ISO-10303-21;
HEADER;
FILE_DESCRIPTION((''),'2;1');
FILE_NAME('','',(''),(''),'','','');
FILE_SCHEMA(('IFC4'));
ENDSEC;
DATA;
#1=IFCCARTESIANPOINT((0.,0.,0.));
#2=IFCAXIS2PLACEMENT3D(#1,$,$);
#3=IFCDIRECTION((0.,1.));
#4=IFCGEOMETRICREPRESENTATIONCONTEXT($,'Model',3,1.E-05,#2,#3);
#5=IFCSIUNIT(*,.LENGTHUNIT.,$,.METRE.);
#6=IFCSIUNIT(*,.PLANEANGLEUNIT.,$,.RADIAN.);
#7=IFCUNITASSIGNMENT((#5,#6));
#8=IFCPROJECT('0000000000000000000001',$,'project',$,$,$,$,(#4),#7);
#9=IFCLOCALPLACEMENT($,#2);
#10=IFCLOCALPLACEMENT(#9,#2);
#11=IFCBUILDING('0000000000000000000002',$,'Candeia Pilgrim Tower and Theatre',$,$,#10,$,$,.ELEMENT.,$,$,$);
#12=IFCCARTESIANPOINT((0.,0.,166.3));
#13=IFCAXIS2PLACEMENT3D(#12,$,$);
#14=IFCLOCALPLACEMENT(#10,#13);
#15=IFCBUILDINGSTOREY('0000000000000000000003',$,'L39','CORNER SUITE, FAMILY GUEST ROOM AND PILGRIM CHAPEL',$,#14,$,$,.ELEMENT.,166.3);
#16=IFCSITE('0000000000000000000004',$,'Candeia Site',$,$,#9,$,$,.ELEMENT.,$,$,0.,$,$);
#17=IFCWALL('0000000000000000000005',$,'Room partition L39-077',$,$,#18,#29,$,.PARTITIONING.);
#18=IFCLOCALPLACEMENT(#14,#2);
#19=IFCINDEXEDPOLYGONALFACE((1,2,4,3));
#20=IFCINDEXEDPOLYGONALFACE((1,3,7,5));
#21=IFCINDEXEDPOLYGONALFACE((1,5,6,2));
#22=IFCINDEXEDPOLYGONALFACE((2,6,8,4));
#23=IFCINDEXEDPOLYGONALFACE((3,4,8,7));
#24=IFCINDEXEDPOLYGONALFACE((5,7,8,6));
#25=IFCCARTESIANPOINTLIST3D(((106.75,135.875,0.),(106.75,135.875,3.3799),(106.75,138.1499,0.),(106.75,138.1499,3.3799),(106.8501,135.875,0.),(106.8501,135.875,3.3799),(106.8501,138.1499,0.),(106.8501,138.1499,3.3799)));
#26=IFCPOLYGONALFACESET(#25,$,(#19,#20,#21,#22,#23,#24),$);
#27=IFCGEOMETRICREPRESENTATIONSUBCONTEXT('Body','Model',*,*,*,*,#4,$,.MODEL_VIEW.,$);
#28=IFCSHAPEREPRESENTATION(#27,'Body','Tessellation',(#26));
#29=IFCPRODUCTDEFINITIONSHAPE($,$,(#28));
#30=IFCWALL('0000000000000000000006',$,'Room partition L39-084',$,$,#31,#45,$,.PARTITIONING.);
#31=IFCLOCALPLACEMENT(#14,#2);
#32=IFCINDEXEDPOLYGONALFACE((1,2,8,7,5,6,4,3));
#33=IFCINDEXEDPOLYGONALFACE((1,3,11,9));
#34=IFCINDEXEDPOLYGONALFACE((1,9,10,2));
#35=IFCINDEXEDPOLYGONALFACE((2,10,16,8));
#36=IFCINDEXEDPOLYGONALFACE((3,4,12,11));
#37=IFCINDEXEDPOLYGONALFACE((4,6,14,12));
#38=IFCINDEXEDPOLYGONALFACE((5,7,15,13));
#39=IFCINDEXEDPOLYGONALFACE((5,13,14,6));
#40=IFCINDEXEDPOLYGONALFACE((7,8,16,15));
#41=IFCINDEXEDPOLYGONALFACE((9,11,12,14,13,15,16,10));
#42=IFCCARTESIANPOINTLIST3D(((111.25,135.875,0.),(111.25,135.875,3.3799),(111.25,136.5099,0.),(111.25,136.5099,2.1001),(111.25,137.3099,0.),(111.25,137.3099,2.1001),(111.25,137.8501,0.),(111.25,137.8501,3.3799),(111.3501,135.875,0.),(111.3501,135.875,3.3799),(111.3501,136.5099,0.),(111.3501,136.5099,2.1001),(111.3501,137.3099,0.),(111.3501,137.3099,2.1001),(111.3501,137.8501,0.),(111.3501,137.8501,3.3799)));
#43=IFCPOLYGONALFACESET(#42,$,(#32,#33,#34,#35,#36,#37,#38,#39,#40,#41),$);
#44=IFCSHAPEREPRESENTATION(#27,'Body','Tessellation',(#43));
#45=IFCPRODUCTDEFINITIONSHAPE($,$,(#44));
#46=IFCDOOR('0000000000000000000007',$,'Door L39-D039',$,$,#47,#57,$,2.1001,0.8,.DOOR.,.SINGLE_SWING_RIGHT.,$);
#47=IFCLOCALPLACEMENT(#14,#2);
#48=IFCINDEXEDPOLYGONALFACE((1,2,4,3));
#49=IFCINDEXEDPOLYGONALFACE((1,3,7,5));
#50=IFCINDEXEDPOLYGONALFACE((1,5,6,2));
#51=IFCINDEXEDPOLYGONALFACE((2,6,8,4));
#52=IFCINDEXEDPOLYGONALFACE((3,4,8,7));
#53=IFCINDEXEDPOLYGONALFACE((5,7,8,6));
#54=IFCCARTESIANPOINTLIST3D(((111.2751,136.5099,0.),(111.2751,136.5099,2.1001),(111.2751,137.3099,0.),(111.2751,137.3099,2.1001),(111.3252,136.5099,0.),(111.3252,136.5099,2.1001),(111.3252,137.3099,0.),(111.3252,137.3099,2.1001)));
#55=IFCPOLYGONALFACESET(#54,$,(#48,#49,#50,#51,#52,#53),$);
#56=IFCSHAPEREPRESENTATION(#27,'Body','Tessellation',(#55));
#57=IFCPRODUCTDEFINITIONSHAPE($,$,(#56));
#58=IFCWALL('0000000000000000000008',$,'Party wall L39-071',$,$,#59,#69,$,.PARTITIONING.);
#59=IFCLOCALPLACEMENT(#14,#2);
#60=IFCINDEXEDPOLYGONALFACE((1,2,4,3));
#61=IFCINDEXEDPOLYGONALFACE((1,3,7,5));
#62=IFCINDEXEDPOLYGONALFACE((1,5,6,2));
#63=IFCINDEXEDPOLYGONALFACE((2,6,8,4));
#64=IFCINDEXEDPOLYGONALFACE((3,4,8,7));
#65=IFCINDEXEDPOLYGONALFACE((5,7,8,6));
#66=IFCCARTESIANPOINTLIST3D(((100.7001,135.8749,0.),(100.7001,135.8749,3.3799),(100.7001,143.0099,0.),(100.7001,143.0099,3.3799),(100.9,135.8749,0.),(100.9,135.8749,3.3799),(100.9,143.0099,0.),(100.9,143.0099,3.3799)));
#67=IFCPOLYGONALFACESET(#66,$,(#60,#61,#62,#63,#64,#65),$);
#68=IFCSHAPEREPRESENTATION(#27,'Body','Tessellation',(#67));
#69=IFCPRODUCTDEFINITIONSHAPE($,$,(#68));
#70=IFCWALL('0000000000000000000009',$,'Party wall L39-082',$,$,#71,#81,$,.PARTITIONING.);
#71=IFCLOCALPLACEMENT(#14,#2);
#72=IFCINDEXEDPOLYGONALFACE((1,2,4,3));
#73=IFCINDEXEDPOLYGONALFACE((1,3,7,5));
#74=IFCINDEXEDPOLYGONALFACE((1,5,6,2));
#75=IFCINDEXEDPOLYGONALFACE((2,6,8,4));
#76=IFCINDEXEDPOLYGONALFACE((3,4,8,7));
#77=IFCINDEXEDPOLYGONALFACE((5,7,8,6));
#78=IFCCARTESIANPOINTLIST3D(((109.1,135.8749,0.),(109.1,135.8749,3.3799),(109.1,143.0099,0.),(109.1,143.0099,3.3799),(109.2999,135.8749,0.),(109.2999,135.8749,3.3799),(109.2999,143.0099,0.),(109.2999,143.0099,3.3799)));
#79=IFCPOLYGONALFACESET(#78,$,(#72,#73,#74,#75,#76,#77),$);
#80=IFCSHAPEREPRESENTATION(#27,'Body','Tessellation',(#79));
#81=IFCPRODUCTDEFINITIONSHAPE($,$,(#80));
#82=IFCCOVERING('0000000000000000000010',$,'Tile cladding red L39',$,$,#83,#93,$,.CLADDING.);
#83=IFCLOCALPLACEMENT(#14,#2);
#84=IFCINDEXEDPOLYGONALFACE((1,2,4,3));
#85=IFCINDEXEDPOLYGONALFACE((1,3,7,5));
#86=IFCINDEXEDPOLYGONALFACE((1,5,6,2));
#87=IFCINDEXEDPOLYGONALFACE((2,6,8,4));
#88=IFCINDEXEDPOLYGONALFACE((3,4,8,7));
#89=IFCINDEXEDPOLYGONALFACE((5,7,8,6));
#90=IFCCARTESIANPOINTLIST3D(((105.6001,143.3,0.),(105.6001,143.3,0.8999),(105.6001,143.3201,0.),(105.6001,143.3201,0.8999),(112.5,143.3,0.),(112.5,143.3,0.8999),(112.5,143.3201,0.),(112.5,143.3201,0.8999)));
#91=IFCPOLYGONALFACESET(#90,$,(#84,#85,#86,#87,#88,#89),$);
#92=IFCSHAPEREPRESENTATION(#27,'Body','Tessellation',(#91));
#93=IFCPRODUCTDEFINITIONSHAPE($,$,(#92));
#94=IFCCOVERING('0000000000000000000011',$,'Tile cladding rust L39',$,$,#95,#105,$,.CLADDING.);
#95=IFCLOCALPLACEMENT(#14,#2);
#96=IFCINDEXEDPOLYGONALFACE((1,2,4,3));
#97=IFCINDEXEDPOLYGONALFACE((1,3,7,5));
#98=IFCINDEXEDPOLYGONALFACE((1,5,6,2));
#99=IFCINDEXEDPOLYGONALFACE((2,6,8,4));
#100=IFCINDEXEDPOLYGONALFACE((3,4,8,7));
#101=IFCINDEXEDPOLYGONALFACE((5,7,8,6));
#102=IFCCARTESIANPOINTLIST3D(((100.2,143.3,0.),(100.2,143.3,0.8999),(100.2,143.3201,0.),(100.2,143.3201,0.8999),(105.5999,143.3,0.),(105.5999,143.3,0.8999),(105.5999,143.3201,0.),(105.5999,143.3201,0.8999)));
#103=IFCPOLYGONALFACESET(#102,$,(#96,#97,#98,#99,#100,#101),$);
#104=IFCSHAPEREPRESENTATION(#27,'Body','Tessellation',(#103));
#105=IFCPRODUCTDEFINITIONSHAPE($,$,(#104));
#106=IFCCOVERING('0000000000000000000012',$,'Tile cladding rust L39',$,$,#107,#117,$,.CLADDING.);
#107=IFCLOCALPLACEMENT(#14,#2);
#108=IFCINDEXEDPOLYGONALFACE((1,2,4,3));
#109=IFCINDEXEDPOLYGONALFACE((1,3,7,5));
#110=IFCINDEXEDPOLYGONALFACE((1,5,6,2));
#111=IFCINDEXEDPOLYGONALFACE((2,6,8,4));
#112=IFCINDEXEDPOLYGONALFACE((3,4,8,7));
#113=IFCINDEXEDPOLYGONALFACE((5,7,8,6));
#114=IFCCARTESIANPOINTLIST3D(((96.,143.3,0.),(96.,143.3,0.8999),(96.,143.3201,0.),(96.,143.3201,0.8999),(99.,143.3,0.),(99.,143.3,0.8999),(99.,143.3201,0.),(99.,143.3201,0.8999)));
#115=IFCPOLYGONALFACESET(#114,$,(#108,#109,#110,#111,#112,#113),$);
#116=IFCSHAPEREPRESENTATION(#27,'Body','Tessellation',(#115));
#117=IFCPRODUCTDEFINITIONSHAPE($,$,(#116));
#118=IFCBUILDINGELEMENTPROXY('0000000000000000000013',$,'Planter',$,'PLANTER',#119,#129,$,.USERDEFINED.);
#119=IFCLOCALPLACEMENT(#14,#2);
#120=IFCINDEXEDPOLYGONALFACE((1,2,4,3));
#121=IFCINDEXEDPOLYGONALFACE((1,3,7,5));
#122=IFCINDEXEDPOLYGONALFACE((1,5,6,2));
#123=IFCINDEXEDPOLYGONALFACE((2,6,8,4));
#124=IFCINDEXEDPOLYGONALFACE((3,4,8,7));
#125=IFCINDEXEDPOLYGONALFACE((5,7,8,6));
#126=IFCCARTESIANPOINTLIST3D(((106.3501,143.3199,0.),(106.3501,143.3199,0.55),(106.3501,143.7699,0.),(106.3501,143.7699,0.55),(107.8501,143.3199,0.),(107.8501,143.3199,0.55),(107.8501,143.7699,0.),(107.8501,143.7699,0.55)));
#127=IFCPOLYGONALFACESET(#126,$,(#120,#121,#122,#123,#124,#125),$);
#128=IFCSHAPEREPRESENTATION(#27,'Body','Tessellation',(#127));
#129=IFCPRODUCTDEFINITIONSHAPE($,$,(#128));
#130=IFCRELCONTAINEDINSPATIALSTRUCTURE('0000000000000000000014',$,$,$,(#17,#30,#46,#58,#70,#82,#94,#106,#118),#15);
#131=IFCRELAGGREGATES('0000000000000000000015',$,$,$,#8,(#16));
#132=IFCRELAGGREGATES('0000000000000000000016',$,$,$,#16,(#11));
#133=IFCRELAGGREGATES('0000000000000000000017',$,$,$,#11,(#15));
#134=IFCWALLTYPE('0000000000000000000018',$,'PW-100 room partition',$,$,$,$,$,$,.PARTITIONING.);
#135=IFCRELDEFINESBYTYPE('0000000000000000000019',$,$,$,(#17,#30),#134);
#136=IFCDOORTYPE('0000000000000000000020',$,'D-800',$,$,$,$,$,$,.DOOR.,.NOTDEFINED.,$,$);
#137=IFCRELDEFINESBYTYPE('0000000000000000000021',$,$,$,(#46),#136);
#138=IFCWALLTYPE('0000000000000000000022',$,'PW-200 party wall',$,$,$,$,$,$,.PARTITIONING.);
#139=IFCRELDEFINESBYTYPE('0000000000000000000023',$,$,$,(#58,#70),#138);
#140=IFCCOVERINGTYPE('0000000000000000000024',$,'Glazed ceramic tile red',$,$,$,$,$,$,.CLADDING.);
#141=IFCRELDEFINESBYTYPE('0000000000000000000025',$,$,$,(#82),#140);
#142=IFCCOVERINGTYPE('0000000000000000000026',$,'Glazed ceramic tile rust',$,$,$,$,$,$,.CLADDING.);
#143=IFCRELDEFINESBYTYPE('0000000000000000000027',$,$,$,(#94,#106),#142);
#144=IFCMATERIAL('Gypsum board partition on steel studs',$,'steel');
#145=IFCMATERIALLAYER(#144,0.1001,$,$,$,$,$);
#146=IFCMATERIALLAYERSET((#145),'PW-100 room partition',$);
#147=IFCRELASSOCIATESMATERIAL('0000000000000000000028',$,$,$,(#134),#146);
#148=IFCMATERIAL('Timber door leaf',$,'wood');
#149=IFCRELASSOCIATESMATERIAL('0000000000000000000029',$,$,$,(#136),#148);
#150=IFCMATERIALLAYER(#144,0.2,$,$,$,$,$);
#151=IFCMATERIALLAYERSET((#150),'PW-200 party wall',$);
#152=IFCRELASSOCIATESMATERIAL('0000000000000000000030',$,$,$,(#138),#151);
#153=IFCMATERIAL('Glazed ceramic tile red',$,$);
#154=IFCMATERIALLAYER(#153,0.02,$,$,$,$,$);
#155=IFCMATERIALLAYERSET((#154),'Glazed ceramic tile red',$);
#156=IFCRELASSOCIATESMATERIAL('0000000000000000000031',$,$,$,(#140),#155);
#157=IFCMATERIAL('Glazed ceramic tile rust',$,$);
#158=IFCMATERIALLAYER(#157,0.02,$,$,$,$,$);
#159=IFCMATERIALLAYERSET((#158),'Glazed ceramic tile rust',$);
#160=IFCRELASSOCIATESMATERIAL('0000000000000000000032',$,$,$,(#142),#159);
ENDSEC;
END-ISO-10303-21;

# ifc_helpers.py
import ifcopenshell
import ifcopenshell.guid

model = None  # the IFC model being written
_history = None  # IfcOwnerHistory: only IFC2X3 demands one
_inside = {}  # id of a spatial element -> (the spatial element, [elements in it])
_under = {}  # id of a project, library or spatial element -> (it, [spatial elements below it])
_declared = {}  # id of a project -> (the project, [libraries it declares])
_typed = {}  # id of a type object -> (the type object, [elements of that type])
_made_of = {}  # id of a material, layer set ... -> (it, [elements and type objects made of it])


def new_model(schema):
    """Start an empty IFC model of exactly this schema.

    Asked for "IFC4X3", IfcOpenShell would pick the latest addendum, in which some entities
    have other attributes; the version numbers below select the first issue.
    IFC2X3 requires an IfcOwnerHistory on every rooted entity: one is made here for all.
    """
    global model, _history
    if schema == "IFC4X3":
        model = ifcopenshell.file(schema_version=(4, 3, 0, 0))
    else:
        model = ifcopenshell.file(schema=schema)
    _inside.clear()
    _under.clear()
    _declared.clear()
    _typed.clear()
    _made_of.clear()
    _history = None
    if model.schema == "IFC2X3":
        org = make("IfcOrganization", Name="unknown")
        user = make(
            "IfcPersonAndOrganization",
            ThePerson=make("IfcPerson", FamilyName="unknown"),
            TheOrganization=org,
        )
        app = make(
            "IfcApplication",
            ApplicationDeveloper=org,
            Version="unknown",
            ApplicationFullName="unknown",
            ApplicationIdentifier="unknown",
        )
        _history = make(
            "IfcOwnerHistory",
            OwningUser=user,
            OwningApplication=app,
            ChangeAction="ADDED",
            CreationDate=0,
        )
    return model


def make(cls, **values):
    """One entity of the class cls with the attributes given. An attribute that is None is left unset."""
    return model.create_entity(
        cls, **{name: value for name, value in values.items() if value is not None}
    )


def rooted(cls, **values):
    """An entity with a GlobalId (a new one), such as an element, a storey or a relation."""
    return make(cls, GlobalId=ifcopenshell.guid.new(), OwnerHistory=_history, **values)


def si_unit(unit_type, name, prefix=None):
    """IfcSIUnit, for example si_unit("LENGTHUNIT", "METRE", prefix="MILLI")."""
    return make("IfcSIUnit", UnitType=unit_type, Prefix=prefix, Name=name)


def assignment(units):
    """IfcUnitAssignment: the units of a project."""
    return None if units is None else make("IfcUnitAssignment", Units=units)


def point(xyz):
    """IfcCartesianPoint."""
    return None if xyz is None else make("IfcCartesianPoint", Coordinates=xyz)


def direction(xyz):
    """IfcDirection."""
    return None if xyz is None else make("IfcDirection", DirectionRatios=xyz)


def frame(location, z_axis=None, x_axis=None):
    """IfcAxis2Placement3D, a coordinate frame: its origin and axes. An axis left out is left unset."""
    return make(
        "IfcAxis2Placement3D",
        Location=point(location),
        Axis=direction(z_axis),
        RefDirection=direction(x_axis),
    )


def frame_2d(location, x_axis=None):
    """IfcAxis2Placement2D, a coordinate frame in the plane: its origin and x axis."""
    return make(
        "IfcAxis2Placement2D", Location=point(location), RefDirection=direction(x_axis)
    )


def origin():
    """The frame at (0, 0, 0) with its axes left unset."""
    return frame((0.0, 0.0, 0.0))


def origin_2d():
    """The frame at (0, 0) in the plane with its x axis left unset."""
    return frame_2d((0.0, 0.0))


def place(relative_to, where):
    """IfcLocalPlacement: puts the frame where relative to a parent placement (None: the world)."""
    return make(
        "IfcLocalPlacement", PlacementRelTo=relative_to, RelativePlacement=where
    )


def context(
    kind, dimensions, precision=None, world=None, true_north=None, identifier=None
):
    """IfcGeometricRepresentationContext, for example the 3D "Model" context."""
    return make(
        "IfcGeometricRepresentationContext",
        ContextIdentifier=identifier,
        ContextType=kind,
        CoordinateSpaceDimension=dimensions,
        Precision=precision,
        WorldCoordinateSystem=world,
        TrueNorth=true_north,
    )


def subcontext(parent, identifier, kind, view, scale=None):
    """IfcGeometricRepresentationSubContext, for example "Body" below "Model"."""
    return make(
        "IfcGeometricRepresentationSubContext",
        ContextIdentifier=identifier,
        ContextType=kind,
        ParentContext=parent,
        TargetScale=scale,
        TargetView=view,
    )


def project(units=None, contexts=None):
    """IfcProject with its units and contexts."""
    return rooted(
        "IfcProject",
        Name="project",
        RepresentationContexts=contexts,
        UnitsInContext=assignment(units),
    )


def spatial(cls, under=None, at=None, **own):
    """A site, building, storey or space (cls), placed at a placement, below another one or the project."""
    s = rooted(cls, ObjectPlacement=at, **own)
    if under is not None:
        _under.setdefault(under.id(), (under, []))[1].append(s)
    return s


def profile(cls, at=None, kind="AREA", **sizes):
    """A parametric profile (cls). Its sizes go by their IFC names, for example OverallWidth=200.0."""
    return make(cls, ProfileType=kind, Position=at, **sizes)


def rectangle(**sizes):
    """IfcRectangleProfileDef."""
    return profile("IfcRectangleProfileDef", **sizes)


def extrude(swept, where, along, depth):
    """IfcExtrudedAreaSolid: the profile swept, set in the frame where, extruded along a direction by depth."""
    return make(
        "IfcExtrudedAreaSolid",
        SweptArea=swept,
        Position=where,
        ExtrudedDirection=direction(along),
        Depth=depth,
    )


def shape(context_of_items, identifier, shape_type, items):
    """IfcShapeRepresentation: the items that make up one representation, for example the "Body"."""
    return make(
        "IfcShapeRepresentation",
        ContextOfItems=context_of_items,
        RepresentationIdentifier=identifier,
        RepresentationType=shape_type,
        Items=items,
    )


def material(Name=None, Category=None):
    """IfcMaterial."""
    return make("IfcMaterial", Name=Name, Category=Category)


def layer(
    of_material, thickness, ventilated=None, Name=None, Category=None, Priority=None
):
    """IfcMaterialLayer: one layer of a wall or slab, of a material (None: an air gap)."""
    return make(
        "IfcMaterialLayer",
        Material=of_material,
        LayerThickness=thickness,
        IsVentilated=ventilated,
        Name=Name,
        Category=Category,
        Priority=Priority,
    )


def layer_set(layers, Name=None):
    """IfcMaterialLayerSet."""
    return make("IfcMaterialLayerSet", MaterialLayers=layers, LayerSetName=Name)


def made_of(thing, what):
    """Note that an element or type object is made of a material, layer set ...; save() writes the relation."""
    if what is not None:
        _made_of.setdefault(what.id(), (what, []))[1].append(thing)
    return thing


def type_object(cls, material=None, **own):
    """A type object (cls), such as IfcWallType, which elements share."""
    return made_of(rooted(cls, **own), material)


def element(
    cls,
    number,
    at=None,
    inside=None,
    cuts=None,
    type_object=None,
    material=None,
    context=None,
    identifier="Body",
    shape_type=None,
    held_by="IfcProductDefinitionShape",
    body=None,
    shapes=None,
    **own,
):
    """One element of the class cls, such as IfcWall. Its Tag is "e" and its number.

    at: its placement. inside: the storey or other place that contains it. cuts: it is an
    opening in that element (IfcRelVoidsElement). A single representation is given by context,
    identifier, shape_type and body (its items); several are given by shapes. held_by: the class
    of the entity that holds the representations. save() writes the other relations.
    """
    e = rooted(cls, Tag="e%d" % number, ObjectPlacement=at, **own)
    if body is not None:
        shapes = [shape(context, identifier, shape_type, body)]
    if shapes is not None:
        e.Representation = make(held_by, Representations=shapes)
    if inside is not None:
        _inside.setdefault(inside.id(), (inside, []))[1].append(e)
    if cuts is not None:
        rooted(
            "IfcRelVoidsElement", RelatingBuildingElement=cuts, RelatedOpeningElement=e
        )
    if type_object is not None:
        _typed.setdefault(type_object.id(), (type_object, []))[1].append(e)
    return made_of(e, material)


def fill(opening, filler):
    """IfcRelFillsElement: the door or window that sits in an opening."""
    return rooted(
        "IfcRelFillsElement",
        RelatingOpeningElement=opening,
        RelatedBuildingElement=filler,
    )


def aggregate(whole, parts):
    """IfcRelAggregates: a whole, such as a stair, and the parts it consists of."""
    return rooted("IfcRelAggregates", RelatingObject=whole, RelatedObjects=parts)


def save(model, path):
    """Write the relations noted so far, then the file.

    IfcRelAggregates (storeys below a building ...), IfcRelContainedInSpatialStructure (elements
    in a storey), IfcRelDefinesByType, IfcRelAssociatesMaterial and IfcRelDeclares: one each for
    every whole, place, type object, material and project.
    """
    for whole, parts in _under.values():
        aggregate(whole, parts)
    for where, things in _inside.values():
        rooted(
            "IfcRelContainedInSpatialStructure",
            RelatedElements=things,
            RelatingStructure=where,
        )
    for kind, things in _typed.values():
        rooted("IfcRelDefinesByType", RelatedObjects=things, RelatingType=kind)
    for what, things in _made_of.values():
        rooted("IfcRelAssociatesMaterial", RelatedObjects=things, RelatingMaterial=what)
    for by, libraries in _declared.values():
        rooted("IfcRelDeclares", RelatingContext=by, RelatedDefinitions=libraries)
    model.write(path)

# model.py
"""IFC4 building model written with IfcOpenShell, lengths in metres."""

from ifc_helpers import new_model, si_unit, direction, frame, frame_2d, origin, origin_2d, place, context, subcontext, project, spatial, rectangle, extrude, material, layer, layer_set, type_object, element, fill, save


model = new_model("IFC4")

# Units and contexts
model_context = context("Model", 3, precision=1e-05, world=origin(), true_north=direction((0.0, 1.0)))
body_context = subcontext(model_context, "Body", "Model", "MODEL_VIEW")
ifc_project = project(units=[si_unit("LENGTHUNIT", "METRE"), si_unit("PLANEANGLEUNIT", "RADIAN")], contexts=[model_context])

# Site, building, storey
site_placement = place(None, origin())
site = spatial("IfcSite", under=ifc_project, at=site_placement, Name="Candeia Site", CompositionType="ELEMENT", RefElevation=0.0)
building_placement = place(site_placement, origin())
building = spatial("IfcBuilding", under=site, at=building_placement, Name="Candeia Pilgrim Tower and Theatre", CompositionType="ELEMENT")
storey_placement = place(building_placement, frame((0.0, 0.0, 166.3)))
storey = spatial("IfcBuildingStorey", under=building, at=storey_placement, Name="L39", Description="CORNER SUITE, FAMILY GUEST ROOM AND PILGRIM CHAPEL", CompositionType="ELEMENT", Elevation=166.3)

# Shared definitions
ifc_material_1 = material(Name="Gypsum board partition on steel studs", Category="steel")
ifc_layer_1 = layer(ifc_material_1, 0.1001)
ifc_layer_set_1 = layer_set([ifc_layer_1], Name="PW-100 room partition")
wall_type_1 = type_object("IfcWallType", Name="PW-100 room partition", PredefinedType="PARTITIONING", material=ifc_layer_set_1)

# Shared definitions
ifc_material_2 = material(Name="Timber door leaf", Category="wood")
door_type_1 = type_object("IfcDoorType", Name="D-800", OperationType="NOTDEFINED", PredefinedType="DOOR", material=ifc_material_2)

# Wall
wall_1_placement = place(storey_placement, frame((106.8, 135.875, 0.0), z_axis=(0.0, 0.0, 1.0), x_axis=(0.0, 1.0, 0.0)))
element("IfcWall", 1, at=wall_1_placement, inside=storey, type_object=wall_type_1, Name="Room partition L39-077", PredefinedType="PARTITIONING", context=body_context, shape_type="SweptSolid", body=[
    extrude(rectangle(XDim=2.2749, YDim=0.1001, at=frame_2d((1.1375, 0.0))), origin(), (0.0, 0.0, 1.0), 3.3799),
])

# Wall, opening, door
wall_2_placement = place(storey_placement, frame((111.3, 135.875, 0.0), z_axis=(0.0, 0.0, 1.0), x_axis=(0.0, 1.0, 0.0)))
wall_2 = element("IfcWall", 2, at=wall_2_placement, inside=storey, type_object=wall_type_1, Name="Room partition L39-084", PredefinedType="PARTITIONING", context=body_context, shape_type="SweptSolid", body=[
    extrude(rectangle(XDim=1.9751, YDim=0.1001, at=frame_2d((0.9875, 0.0))), origin(), (0.0, 0.0, 1.0), 3.3799),
])
opening_1_placement = place(wall_2_placement, frame((0.635, 0.0, 0.0)))
opening_1 = element("IfcOpeningElement", 3, at=opening_1_placement, cuts=wall_2, PredefinedType="OPENING", context=body_context, shape_type="SweptSolid", body=[
    extrude(rectangle(XDim=0.8, YDim=2.1001, at=frame_2d((0.3999, 1.05))), frame((0.0, 0.0601, 0.0), z_axis=(0.0, -1.0, 0.0), x_axis=(1.0, 0.0, 0.0)), (0.0, 0.0, 1.0), 0.1201),
])
door_1_placement = place(opening_1_placement, origin())
door_1 = element("IfcDoor", 4, at=door_1_placement, inside=storey, type_object=door_type_1, Name="Door L39-D039", OperationType="SINGLE_SWING_RIGHT", OverallHeight=2.1001, OverallWidth=0.8, PredefinedType="DOOR", context=body_context, shape_type="SweptSolid", body=[
    extrude(rectangle(XDim=0.8, YDim=2.1001, at=frame_2d((0.3999, 1.05))), frame((0.0, 0.0249, 0.0), z_axis=(0.0, -1.0, 0.0), x_axis=(1.0, 0.0, 0.0)), (0.0, 0.0, 1.0), 0.05),
])
fill(opening_1, door_1)

# Walls
ifc_layer_2 = layer(ifc_material_1, 0.2)
ifc_layer_set_2 = layer_set([ifc_layer_2], Name="PW-200 party wall")
wall_type_2 = type_object("IfcWallType", Name="PW-200 party wall", PredefinedType="PARTITIONING", material=ifc_layer_set_2)
for number, where, z_axis, x_axis, name in (
    (5, (100.8, 135.875, 0.0), (0.0, 0.0, 1.0), (0.0, 1.0, 0.0), "Party wall L39-071"),
    (6, (109.2, 135.875, 0.0), (0.0, 0.0, 1.0), (0.0, 1.0, 0.0), "Party wall L39-082"),
):
    element("IfcWall", number, at=place(storey_placement, frame(where, z_axis=z_axis, x_axis=x_axis)), inside=storey, type_object=wall_type_2, Name=name, PredefinedType="PARTITIONING", context=body_context, shape_type="SweptSolid", body=[
        extrude(rectangle(XDim=7.135, YDim=0.2, at=frame_2d((3.5674, 0.0))), origin(), (0.0, 0.0, 1.0), 3.3799),
    ])

# Coverings
ifc_material_3 = material(Name="Glazed ceramic tile red")
ifc_layer_3 = layer(ifc_material_3, 0.02)
ifc_layer_set_3 = layer_set([ifc_layer_3], Name="Glazed ceramic tile red")
covering_type_1 = type_object("IfcCoveringType", Name="Glazed ceramic tile red", PredefinedType="CLADDING", material=ifc_layer_set_3)
covering_1_placement = place(storey_placement, frame((109.05, 143.3101, 0.0), z_axis=(0.0, 0.0, 1.0), x_axis=(-1.0, 0.0, 0.0)))
element("IfcCovering", 7, at=covering_1_placement, inside=storey, type_object=covering_type_1, Name="Tile cladding red L39", PredefinedType="CLADDING", context=body_context, shape_type="SweptSolid", body=[
    extrude(rectangle(XDim=6.8999, YDim=0.02, at=origin_2d()), origin(), (0.0, 0.0, 1.0), 0.8999),
])
ifc_material_4 = material(Name="Glazed ceramic tile rust")
ifc_layer_4 = layer(ifc_material_4, 0.02)
ifc_layer_set_4 = layer_set([ifc_layer_4], Name="Glazed ceramic tile rust")
covering_type_2 = type_object("IfcCoveringType", Name="Glazed ceramic tile rust", PredefinedType="CLADDING", material=ifc_layer_set_4)
covering_2_placement = place(storey_placement, frame((102.8999, 143.3101, 0.0), z_axis=(0.0, 0.0, 1.0), x_axis=(-1.0, 0.0, 0.0)))
element("IfcCovering", 8, at=covering_2_placement, inside=storey, type_object=covering_type_2, Name="Tile cladding rust L39", PredefinedType="CLADDING", context=body_context, shape_type="SweptSolid", body=[
    extrude(rectangle(XDim=5.3999, YDim=0.02, at=origin_2d()), origin(), (0.0, 0.0, 1.0), 0.8999),
])
covering_3_placement = place(storey_placement, frame((97.5, 143.3101, 0.0), z_axis=(0.0, 0.0, 1.0), x_axis=(-1.0, 0.0, 0.0)))
element("IfcCovering", 9, at=covering_3_placement, inside=storey, type_object=covering_type_2, Name="Tile cladding rust L39", PredefinedType="CLADDING", context=body_context, shape_type="SweptSolid", body=[
    extrude(rectangle(XDim=3.0, YDim=0.02, at=origin_2d()), origin(), (0.0, 0.0, 1.0), 0.8999),
])

# Building element proxy
proxy_placement = place(storey_placement, frame((107.1001, 143.5449, 0.0), z_axis=(0.0, 0.0, 1.0), x_axis=(-1.0, 0.0, 0.0)))
element("IfcBuildingElementProxy", 10, at=proxy_placement, inside=storey, Name="Planter", ObjectType="PLANTER", PredefinedType="USERDEFINED", context=body_context, shape_type="SweptSolid", body=[
    extrude(rectangle(XDim=1.5, YDim=0.45, at=origin_2d()), origin(), (0.0, 0.0, 1.0), 0.55),
])

save(model, "model.ifc")
